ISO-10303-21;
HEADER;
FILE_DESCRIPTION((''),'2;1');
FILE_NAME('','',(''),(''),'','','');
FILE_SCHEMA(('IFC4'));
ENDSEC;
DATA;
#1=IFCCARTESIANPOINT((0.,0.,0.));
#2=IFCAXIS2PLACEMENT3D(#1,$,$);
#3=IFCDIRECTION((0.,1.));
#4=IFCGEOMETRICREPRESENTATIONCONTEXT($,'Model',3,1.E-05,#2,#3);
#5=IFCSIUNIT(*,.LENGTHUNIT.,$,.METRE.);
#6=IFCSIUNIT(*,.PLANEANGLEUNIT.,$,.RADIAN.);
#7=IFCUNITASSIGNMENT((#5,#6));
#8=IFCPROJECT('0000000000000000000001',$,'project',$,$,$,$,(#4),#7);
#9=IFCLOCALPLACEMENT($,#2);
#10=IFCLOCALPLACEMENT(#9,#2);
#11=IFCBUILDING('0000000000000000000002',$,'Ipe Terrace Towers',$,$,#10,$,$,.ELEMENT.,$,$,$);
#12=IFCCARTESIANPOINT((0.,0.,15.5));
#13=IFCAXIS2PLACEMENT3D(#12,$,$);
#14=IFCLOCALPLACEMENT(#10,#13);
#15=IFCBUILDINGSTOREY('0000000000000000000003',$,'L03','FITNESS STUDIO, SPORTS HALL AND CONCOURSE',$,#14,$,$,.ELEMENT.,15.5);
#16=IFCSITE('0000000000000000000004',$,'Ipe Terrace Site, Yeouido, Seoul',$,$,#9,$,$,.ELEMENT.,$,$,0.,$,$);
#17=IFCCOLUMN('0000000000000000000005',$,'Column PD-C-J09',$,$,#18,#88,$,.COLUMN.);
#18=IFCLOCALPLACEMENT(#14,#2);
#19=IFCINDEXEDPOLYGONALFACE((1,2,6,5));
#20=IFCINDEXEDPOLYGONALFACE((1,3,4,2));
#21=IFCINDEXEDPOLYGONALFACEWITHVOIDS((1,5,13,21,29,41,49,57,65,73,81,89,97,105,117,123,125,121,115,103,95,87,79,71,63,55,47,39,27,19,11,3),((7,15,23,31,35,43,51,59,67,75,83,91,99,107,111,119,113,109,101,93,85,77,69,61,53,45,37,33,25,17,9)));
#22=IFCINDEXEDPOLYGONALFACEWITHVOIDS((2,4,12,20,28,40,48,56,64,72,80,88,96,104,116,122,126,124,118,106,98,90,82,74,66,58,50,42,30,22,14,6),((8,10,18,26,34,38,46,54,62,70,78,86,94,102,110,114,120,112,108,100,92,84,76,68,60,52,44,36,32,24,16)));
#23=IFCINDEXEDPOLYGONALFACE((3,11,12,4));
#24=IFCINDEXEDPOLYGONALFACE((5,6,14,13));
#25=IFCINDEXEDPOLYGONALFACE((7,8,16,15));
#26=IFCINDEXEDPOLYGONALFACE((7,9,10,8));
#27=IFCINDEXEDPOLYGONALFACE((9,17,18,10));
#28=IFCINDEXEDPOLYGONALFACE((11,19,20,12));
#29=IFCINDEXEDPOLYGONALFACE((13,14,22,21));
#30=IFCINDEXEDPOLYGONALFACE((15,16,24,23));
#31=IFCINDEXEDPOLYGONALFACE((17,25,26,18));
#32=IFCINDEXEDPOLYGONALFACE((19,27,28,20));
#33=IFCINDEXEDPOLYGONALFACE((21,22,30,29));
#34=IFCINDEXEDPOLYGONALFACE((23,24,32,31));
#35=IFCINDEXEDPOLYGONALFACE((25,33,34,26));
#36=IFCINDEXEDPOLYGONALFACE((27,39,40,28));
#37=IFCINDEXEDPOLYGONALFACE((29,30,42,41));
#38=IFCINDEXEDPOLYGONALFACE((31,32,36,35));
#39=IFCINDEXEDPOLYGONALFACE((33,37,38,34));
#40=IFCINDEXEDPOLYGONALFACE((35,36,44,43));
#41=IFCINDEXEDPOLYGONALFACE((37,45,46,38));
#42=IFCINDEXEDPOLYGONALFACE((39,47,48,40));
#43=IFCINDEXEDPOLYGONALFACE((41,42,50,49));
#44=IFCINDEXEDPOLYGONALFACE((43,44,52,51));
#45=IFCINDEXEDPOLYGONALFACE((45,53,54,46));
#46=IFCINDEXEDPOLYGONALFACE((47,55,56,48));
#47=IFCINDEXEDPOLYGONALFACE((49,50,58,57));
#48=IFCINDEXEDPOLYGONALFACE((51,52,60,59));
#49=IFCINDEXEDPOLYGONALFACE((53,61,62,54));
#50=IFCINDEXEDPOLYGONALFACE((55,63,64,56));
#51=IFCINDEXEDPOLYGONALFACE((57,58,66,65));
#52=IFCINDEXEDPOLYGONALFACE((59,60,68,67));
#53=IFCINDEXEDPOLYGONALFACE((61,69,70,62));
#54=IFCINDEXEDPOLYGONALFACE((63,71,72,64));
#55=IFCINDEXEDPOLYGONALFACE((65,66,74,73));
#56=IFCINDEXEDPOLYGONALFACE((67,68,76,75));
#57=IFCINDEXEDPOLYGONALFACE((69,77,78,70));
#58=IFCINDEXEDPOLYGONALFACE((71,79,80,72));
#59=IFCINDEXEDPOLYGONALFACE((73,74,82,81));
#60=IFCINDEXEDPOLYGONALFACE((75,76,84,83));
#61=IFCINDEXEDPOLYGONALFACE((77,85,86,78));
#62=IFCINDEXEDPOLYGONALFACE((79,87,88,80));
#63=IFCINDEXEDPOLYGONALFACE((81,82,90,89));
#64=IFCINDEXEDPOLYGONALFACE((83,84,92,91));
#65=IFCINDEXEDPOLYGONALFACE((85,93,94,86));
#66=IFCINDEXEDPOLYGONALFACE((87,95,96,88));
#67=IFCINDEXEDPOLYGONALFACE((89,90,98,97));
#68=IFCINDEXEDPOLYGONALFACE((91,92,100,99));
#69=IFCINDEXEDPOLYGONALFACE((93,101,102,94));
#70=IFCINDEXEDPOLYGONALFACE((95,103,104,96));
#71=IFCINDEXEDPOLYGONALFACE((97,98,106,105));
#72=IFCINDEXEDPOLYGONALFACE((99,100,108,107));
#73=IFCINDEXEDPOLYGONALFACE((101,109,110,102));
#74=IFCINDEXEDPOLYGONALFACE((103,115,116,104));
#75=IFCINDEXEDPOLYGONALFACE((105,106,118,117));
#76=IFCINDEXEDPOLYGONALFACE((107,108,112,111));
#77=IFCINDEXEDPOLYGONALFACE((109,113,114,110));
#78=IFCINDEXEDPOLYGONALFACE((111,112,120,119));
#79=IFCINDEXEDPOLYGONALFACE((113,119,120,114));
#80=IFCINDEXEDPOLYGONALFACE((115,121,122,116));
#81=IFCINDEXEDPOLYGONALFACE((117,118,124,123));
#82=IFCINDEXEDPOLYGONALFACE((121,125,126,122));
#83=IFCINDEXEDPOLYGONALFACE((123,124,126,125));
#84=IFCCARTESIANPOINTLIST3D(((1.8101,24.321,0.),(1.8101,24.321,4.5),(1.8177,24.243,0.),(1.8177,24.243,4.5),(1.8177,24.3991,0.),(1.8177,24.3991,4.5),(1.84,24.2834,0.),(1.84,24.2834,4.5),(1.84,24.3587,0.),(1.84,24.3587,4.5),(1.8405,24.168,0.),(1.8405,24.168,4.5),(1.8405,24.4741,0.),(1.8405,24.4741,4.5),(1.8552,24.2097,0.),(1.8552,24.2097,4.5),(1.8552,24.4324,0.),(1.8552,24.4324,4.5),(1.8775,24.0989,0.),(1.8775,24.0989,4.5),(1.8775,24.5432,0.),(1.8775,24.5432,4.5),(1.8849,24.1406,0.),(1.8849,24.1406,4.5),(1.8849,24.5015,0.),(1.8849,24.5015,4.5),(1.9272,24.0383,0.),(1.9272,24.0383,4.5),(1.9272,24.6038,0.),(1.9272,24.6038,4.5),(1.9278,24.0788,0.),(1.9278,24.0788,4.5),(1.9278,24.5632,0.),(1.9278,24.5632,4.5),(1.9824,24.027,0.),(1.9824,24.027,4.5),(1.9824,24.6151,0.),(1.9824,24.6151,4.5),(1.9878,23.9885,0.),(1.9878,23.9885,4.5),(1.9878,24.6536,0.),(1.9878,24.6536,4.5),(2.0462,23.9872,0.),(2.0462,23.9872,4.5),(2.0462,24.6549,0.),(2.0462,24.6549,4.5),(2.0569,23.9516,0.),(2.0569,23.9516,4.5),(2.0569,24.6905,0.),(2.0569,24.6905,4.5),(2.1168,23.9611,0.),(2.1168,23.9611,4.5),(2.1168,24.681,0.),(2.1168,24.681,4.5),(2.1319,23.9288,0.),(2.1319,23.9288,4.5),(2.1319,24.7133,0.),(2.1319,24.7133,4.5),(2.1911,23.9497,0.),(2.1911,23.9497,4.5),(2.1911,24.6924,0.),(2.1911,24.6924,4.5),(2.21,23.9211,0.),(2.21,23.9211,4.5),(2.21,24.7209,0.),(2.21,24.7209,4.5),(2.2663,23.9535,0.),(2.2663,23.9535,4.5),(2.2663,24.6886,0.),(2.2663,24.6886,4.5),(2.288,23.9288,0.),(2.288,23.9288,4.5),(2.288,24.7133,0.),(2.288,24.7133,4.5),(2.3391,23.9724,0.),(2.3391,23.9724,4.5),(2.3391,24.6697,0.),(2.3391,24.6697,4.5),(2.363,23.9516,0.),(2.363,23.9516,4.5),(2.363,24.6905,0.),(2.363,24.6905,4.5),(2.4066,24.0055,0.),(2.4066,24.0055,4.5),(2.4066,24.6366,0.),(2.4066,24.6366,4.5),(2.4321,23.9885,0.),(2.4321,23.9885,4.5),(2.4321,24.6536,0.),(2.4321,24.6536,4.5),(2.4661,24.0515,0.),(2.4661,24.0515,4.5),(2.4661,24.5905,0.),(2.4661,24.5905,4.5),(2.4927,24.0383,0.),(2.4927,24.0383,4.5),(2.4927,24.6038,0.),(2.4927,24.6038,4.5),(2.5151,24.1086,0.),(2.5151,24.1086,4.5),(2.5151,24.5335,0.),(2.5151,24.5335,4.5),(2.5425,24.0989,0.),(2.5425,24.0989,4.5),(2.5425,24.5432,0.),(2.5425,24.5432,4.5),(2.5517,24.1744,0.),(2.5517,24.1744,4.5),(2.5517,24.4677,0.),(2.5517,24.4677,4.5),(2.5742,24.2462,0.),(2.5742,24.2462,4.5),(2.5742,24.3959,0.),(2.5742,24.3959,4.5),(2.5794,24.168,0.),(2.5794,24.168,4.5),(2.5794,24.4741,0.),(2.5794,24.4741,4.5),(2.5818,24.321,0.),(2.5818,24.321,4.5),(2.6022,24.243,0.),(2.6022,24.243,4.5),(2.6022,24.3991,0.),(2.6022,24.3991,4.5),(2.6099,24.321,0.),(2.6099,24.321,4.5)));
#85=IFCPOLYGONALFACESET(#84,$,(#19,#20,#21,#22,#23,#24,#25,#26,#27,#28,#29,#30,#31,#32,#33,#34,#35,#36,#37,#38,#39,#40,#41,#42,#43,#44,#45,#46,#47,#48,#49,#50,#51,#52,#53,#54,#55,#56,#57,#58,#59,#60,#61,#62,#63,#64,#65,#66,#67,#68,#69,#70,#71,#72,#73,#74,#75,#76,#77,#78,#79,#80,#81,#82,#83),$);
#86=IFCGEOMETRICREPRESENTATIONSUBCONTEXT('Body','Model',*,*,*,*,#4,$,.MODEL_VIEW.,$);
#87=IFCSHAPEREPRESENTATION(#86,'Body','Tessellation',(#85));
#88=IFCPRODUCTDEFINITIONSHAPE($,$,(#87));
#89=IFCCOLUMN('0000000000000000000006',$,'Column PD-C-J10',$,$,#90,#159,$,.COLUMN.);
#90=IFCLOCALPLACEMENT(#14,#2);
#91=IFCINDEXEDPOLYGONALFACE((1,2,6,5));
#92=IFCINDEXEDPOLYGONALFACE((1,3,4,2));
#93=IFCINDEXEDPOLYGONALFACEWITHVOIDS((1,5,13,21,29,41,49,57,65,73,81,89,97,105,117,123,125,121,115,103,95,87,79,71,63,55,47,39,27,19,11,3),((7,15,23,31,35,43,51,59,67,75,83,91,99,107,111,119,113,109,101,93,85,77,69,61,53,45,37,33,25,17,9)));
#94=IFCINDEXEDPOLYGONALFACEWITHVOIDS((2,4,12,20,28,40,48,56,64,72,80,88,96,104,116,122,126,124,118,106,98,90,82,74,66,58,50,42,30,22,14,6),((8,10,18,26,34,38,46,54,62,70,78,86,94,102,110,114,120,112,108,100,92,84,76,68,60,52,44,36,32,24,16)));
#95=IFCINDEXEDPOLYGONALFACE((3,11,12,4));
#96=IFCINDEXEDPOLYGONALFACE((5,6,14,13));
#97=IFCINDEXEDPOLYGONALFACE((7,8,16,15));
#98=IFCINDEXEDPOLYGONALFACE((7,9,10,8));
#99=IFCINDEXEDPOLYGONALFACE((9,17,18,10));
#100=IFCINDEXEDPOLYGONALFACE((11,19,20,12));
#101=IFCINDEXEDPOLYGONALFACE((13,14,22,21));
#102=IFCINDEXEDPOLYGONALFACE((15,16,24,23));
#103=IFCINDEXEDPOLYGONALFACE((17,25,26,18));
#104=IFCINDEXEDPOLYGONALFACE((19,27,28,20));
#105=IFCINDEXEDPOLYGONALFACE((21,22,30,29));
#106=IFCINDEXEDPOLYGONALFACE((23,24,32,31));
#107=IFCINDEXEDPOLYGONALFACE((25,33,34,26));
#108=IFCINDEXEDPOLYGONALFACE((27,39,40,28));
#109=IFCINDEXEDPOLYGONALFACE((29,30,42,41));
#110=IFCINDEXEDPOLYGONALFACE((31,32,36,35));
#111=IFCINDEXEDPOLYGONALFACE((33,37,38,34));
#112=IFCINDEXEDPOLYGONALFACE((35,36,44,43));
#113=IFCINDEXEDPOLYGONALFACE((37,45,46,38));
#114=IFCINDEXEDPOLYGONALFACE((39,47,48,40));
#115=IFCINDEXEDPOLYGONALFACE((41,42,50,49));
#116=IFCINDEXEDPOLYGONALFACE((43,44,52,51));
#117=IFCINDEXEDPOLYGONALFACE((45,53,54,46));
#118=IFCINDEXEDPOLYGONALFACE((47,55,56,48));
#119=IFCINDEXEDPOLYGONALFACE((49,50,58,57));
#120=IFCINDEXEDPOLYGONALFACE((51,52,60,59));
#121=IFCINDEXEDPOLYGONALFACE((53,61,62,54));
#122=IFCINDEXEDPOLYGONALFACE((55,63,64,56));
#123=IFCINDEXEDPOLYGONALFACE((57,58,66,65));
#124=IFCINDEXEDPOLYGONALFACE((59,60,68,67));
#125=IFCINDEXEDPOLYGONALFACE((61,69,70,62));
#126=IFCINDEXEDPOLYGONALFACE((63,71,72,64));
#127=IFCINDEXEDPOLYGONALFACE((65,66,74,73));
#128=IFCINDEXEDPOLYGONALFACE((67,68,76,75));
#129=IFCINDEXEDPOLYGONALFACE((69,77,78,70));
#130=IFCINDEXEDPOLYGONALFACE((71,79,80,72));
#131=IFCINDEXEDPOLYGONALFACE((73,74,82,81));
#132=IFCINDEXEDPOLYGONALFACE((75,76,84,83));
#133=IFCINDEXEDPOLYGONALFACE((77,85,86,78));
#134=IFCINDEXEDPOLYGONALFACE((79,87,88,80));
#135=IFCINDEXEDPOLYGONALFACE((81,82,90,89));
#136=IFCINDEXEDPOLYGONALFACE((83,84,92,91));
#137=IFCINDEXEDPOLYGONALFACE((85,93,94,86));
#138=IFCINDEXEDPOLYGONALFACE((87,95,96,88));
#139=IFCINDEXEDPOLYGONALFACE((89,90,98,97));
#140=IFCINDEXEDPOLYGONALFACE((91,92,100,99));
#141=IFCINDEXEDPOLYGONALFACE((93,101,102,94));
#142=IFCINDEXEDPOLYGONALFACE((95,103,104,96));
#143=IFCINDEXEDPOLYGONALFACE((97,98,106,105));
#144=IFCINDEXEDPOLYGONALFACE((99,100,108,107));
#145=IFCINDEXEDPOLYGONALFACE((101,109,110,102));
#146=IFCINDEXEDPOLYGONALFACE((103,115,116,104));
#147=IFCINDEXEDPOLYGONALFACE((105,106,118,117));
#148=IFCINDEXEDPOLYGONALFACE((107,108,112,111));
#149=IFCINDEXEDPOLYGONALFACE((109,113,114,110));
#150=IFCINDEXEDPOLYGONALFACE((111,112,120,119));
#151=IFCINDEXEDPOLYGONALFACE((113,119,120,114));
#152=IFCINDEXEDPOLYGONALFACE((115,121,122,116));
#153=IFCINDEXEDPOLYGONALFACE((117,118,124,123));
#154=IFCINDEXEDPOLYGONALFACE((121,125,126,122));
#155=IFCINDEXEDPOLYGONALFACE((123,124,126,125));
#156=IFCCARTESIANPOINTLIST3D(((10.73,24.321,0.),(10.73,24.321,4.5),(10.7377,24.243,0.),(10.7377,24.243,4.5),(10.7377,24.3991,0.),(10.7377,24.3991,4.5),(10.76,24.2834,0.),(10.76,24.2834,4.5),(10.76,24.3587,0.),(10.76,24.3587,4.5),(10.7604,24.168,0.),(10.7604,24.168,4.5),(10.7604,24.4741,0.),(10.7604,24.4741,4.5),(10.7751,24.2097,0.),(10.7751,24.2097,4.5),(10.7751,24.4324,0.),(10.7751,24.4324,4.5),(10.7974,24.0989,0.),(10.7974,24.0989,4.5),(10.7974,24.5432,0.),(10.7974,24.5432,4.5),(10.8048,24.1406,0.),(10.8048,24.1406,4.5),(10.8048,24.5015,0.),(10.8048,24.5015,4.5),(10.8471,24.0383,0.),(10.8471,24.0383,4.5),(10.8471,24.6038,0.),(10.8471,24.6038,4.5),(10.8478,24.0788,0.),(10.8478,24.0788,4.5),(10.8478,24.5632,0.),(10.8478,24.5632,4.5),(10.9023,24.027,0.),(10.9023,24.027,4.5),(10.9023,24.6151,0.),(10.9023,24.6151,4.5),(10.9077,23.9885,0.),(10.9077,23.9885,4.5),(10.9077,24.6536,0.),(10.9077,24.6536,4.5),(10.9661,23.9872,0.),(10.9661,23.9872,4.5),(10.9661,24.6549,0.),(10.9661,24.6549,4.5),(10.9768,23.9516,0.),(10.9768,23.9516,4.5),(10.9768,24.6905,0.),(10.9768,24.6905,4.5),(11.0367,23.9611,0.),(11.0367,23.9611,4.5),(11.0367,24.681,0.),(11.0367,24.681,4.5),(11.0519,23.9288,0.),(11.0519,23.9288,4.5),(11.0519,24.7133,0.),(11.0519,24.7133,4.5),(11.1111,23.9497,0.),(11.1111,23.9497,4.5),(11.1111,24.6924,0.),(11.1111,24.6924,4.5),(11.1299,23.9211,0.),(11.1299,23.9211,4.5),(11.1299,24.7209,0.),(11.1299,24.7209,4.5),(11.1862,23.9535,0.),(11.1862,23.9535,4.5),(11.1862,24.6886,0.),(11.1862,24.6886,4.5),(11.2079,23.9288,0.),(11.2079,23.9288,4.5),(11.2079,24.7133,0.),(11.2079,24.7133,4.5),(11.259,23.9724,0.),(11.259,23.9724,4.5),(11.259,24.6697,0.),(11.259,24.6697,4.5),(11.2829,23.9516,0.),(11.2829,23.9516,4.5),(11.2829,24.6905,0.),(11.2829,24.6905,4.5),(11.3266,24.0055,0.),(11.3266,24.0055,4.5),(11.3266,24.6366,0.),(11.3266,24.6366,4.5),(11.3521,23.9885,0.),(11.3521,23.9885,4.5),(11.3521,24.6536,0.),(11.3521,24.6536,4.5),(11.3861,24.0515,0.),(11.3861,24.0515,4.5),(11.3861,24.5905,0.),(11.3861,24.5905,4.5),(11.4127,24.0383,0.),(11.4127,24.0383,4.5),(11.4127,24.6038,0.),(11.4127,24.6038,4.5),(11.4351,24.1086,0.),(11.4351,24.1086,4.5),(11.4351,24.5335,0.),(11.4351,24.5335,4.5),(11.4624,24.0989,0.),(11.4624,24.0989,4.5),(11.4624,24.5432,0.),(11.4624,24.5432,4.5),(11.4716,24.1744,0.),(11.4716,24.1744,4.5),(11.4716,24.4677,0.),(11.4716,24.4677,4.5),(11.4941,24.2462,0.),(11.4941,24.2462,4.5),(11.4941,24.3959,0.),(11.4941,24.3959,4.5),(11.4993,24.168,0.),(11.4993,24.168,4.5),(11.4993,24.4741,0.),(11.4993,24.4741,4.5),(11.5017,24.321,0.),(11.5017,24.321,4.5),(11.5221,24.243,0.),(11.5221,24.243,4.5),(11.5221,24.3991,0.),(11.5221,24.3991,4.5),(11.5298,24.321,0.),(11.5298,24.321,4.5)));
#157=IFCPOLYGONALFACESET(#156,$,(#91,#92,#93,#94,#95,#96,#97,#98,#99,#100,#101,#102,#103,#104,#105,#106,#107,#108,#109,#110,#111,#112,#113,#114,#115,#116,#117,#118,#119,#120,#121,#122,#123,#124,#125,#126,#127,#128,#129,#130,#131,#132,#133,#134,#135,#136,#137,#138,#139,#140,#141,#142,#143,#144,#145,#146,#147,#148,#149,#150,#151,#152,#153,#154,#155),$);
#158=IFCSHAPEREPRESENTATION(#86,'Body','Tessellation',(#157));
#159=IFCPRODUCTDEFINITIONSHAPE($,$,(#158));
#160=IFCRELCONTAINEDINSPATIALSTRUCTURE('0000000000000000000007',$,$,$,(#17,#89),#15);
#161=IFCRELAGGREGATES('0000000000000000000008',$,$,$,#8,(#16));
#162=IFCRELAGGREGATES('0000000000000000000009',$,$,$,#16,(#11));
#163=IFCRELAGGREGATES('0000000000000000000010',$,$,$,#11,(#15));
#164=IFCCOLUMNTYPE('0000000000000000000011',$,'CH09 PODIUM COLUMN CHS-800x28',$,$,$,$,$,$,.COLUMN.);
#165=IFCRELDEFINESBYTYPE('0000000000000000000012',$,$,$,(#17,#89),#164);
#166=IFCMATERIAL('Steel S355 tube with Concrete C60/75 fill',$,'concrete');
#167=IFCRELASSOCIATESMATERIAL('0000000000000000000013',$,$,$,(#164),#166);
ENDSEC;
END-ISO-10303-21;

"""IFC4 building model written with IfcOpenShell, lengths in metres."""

from ifc_helpers import new_model, si_unit, direction, frame, origin, origin_2d, place, context, subcontext, project, spatial, hollow_circle, extrude, material, material_profile, profile_set, type_object, element, save


model = new_model("IFC4")

# Units and contexts
model_context = context("Model", 3, precision=1e-05, world=origin(), true_north=direction((0.0, 1.0)))
body_context = subcontext(model_context, "Body", "Model", "MODEL_VIEW")
ifc_project = project(units=[si_unit("LENGTHUNIT", "METRE"), si_unit("PLANEANGLEUNIT", "RADIAN")], contexts=[model_context])

# Site, building, storey
site_placement = place(None, origin())
site = spatial("IfcSite", under=ifc_project, at=site_placement, Name="Ipe Terrace Site, Yeouido, Seoul", CompositionType="ELEMENT", RefElevation=0.0)
building_placement = place(site_placement, origin())
building = spatial("IfcBuilding", under=site, at=building_placement, Name="Ipe Terrace Towers", CompositionType="ELEMENT")
storey_placement = place(building_placement, frame((0.0, 0.0, 15.5)))
storey = spatial("IfcBuildingStorey", under=building, at=storey_placement, Name="L03", Description="FITNESS STUDIO, SPORTS HALL AND CONCOURSE", CompositionType="ELEMENT", Elevation=15.5)

# Columns
ifc_material_1 = material(Name="Steel S355 tube with Concrete C60/75 fill", Category="concrete")
ifc_material_profile_1 = material_profile(ifc_material_1, hollow_circle(Radius=0.3999, WallThickness=0.0281, at=origin_2d()), Name="CHS-800x28")
ifc_profile_set_1 = profile_set([ifc_material_profile_1], Name="Steel S355 tube with Concrete C60/75 fill")
column_type = type_object("IfcColumnType", Name="CH09 PODIUM COLUMN CHS-800x28", PredefinedType="COLUMN", material=ifc_profile_set_1)
for number, where, z_axis, x_axis, name in (
    (1, (2.21, 24.321, 0.0), (0.0, 0.0, 1.0), (1.0, 0.0, 0.0), "Column PD-C-J09"),
    (2, (11.1299, 24.321, 0.0), (0.0, 0.0, 1.0), (1.0, 0.0, 0.0), "Column PD-C-J10"),
):
    element("IfcColumn", number, at=place(storey_placement, frame(where, z_axis=z_axis, x_axis=x_axis)), inside=storey, type_object=column_type, Name=name, PredefinedType="COLUMN", context=body_context, shape_type="SweptSolid", body=[
        extrude(hollow_circle(Radius=0.3999, WallThickness=0.0281, at=origin_2d()), origin(), (0.0, 0.0, 1.0), 4.5),
    ])

save(model, "model.ifc")
